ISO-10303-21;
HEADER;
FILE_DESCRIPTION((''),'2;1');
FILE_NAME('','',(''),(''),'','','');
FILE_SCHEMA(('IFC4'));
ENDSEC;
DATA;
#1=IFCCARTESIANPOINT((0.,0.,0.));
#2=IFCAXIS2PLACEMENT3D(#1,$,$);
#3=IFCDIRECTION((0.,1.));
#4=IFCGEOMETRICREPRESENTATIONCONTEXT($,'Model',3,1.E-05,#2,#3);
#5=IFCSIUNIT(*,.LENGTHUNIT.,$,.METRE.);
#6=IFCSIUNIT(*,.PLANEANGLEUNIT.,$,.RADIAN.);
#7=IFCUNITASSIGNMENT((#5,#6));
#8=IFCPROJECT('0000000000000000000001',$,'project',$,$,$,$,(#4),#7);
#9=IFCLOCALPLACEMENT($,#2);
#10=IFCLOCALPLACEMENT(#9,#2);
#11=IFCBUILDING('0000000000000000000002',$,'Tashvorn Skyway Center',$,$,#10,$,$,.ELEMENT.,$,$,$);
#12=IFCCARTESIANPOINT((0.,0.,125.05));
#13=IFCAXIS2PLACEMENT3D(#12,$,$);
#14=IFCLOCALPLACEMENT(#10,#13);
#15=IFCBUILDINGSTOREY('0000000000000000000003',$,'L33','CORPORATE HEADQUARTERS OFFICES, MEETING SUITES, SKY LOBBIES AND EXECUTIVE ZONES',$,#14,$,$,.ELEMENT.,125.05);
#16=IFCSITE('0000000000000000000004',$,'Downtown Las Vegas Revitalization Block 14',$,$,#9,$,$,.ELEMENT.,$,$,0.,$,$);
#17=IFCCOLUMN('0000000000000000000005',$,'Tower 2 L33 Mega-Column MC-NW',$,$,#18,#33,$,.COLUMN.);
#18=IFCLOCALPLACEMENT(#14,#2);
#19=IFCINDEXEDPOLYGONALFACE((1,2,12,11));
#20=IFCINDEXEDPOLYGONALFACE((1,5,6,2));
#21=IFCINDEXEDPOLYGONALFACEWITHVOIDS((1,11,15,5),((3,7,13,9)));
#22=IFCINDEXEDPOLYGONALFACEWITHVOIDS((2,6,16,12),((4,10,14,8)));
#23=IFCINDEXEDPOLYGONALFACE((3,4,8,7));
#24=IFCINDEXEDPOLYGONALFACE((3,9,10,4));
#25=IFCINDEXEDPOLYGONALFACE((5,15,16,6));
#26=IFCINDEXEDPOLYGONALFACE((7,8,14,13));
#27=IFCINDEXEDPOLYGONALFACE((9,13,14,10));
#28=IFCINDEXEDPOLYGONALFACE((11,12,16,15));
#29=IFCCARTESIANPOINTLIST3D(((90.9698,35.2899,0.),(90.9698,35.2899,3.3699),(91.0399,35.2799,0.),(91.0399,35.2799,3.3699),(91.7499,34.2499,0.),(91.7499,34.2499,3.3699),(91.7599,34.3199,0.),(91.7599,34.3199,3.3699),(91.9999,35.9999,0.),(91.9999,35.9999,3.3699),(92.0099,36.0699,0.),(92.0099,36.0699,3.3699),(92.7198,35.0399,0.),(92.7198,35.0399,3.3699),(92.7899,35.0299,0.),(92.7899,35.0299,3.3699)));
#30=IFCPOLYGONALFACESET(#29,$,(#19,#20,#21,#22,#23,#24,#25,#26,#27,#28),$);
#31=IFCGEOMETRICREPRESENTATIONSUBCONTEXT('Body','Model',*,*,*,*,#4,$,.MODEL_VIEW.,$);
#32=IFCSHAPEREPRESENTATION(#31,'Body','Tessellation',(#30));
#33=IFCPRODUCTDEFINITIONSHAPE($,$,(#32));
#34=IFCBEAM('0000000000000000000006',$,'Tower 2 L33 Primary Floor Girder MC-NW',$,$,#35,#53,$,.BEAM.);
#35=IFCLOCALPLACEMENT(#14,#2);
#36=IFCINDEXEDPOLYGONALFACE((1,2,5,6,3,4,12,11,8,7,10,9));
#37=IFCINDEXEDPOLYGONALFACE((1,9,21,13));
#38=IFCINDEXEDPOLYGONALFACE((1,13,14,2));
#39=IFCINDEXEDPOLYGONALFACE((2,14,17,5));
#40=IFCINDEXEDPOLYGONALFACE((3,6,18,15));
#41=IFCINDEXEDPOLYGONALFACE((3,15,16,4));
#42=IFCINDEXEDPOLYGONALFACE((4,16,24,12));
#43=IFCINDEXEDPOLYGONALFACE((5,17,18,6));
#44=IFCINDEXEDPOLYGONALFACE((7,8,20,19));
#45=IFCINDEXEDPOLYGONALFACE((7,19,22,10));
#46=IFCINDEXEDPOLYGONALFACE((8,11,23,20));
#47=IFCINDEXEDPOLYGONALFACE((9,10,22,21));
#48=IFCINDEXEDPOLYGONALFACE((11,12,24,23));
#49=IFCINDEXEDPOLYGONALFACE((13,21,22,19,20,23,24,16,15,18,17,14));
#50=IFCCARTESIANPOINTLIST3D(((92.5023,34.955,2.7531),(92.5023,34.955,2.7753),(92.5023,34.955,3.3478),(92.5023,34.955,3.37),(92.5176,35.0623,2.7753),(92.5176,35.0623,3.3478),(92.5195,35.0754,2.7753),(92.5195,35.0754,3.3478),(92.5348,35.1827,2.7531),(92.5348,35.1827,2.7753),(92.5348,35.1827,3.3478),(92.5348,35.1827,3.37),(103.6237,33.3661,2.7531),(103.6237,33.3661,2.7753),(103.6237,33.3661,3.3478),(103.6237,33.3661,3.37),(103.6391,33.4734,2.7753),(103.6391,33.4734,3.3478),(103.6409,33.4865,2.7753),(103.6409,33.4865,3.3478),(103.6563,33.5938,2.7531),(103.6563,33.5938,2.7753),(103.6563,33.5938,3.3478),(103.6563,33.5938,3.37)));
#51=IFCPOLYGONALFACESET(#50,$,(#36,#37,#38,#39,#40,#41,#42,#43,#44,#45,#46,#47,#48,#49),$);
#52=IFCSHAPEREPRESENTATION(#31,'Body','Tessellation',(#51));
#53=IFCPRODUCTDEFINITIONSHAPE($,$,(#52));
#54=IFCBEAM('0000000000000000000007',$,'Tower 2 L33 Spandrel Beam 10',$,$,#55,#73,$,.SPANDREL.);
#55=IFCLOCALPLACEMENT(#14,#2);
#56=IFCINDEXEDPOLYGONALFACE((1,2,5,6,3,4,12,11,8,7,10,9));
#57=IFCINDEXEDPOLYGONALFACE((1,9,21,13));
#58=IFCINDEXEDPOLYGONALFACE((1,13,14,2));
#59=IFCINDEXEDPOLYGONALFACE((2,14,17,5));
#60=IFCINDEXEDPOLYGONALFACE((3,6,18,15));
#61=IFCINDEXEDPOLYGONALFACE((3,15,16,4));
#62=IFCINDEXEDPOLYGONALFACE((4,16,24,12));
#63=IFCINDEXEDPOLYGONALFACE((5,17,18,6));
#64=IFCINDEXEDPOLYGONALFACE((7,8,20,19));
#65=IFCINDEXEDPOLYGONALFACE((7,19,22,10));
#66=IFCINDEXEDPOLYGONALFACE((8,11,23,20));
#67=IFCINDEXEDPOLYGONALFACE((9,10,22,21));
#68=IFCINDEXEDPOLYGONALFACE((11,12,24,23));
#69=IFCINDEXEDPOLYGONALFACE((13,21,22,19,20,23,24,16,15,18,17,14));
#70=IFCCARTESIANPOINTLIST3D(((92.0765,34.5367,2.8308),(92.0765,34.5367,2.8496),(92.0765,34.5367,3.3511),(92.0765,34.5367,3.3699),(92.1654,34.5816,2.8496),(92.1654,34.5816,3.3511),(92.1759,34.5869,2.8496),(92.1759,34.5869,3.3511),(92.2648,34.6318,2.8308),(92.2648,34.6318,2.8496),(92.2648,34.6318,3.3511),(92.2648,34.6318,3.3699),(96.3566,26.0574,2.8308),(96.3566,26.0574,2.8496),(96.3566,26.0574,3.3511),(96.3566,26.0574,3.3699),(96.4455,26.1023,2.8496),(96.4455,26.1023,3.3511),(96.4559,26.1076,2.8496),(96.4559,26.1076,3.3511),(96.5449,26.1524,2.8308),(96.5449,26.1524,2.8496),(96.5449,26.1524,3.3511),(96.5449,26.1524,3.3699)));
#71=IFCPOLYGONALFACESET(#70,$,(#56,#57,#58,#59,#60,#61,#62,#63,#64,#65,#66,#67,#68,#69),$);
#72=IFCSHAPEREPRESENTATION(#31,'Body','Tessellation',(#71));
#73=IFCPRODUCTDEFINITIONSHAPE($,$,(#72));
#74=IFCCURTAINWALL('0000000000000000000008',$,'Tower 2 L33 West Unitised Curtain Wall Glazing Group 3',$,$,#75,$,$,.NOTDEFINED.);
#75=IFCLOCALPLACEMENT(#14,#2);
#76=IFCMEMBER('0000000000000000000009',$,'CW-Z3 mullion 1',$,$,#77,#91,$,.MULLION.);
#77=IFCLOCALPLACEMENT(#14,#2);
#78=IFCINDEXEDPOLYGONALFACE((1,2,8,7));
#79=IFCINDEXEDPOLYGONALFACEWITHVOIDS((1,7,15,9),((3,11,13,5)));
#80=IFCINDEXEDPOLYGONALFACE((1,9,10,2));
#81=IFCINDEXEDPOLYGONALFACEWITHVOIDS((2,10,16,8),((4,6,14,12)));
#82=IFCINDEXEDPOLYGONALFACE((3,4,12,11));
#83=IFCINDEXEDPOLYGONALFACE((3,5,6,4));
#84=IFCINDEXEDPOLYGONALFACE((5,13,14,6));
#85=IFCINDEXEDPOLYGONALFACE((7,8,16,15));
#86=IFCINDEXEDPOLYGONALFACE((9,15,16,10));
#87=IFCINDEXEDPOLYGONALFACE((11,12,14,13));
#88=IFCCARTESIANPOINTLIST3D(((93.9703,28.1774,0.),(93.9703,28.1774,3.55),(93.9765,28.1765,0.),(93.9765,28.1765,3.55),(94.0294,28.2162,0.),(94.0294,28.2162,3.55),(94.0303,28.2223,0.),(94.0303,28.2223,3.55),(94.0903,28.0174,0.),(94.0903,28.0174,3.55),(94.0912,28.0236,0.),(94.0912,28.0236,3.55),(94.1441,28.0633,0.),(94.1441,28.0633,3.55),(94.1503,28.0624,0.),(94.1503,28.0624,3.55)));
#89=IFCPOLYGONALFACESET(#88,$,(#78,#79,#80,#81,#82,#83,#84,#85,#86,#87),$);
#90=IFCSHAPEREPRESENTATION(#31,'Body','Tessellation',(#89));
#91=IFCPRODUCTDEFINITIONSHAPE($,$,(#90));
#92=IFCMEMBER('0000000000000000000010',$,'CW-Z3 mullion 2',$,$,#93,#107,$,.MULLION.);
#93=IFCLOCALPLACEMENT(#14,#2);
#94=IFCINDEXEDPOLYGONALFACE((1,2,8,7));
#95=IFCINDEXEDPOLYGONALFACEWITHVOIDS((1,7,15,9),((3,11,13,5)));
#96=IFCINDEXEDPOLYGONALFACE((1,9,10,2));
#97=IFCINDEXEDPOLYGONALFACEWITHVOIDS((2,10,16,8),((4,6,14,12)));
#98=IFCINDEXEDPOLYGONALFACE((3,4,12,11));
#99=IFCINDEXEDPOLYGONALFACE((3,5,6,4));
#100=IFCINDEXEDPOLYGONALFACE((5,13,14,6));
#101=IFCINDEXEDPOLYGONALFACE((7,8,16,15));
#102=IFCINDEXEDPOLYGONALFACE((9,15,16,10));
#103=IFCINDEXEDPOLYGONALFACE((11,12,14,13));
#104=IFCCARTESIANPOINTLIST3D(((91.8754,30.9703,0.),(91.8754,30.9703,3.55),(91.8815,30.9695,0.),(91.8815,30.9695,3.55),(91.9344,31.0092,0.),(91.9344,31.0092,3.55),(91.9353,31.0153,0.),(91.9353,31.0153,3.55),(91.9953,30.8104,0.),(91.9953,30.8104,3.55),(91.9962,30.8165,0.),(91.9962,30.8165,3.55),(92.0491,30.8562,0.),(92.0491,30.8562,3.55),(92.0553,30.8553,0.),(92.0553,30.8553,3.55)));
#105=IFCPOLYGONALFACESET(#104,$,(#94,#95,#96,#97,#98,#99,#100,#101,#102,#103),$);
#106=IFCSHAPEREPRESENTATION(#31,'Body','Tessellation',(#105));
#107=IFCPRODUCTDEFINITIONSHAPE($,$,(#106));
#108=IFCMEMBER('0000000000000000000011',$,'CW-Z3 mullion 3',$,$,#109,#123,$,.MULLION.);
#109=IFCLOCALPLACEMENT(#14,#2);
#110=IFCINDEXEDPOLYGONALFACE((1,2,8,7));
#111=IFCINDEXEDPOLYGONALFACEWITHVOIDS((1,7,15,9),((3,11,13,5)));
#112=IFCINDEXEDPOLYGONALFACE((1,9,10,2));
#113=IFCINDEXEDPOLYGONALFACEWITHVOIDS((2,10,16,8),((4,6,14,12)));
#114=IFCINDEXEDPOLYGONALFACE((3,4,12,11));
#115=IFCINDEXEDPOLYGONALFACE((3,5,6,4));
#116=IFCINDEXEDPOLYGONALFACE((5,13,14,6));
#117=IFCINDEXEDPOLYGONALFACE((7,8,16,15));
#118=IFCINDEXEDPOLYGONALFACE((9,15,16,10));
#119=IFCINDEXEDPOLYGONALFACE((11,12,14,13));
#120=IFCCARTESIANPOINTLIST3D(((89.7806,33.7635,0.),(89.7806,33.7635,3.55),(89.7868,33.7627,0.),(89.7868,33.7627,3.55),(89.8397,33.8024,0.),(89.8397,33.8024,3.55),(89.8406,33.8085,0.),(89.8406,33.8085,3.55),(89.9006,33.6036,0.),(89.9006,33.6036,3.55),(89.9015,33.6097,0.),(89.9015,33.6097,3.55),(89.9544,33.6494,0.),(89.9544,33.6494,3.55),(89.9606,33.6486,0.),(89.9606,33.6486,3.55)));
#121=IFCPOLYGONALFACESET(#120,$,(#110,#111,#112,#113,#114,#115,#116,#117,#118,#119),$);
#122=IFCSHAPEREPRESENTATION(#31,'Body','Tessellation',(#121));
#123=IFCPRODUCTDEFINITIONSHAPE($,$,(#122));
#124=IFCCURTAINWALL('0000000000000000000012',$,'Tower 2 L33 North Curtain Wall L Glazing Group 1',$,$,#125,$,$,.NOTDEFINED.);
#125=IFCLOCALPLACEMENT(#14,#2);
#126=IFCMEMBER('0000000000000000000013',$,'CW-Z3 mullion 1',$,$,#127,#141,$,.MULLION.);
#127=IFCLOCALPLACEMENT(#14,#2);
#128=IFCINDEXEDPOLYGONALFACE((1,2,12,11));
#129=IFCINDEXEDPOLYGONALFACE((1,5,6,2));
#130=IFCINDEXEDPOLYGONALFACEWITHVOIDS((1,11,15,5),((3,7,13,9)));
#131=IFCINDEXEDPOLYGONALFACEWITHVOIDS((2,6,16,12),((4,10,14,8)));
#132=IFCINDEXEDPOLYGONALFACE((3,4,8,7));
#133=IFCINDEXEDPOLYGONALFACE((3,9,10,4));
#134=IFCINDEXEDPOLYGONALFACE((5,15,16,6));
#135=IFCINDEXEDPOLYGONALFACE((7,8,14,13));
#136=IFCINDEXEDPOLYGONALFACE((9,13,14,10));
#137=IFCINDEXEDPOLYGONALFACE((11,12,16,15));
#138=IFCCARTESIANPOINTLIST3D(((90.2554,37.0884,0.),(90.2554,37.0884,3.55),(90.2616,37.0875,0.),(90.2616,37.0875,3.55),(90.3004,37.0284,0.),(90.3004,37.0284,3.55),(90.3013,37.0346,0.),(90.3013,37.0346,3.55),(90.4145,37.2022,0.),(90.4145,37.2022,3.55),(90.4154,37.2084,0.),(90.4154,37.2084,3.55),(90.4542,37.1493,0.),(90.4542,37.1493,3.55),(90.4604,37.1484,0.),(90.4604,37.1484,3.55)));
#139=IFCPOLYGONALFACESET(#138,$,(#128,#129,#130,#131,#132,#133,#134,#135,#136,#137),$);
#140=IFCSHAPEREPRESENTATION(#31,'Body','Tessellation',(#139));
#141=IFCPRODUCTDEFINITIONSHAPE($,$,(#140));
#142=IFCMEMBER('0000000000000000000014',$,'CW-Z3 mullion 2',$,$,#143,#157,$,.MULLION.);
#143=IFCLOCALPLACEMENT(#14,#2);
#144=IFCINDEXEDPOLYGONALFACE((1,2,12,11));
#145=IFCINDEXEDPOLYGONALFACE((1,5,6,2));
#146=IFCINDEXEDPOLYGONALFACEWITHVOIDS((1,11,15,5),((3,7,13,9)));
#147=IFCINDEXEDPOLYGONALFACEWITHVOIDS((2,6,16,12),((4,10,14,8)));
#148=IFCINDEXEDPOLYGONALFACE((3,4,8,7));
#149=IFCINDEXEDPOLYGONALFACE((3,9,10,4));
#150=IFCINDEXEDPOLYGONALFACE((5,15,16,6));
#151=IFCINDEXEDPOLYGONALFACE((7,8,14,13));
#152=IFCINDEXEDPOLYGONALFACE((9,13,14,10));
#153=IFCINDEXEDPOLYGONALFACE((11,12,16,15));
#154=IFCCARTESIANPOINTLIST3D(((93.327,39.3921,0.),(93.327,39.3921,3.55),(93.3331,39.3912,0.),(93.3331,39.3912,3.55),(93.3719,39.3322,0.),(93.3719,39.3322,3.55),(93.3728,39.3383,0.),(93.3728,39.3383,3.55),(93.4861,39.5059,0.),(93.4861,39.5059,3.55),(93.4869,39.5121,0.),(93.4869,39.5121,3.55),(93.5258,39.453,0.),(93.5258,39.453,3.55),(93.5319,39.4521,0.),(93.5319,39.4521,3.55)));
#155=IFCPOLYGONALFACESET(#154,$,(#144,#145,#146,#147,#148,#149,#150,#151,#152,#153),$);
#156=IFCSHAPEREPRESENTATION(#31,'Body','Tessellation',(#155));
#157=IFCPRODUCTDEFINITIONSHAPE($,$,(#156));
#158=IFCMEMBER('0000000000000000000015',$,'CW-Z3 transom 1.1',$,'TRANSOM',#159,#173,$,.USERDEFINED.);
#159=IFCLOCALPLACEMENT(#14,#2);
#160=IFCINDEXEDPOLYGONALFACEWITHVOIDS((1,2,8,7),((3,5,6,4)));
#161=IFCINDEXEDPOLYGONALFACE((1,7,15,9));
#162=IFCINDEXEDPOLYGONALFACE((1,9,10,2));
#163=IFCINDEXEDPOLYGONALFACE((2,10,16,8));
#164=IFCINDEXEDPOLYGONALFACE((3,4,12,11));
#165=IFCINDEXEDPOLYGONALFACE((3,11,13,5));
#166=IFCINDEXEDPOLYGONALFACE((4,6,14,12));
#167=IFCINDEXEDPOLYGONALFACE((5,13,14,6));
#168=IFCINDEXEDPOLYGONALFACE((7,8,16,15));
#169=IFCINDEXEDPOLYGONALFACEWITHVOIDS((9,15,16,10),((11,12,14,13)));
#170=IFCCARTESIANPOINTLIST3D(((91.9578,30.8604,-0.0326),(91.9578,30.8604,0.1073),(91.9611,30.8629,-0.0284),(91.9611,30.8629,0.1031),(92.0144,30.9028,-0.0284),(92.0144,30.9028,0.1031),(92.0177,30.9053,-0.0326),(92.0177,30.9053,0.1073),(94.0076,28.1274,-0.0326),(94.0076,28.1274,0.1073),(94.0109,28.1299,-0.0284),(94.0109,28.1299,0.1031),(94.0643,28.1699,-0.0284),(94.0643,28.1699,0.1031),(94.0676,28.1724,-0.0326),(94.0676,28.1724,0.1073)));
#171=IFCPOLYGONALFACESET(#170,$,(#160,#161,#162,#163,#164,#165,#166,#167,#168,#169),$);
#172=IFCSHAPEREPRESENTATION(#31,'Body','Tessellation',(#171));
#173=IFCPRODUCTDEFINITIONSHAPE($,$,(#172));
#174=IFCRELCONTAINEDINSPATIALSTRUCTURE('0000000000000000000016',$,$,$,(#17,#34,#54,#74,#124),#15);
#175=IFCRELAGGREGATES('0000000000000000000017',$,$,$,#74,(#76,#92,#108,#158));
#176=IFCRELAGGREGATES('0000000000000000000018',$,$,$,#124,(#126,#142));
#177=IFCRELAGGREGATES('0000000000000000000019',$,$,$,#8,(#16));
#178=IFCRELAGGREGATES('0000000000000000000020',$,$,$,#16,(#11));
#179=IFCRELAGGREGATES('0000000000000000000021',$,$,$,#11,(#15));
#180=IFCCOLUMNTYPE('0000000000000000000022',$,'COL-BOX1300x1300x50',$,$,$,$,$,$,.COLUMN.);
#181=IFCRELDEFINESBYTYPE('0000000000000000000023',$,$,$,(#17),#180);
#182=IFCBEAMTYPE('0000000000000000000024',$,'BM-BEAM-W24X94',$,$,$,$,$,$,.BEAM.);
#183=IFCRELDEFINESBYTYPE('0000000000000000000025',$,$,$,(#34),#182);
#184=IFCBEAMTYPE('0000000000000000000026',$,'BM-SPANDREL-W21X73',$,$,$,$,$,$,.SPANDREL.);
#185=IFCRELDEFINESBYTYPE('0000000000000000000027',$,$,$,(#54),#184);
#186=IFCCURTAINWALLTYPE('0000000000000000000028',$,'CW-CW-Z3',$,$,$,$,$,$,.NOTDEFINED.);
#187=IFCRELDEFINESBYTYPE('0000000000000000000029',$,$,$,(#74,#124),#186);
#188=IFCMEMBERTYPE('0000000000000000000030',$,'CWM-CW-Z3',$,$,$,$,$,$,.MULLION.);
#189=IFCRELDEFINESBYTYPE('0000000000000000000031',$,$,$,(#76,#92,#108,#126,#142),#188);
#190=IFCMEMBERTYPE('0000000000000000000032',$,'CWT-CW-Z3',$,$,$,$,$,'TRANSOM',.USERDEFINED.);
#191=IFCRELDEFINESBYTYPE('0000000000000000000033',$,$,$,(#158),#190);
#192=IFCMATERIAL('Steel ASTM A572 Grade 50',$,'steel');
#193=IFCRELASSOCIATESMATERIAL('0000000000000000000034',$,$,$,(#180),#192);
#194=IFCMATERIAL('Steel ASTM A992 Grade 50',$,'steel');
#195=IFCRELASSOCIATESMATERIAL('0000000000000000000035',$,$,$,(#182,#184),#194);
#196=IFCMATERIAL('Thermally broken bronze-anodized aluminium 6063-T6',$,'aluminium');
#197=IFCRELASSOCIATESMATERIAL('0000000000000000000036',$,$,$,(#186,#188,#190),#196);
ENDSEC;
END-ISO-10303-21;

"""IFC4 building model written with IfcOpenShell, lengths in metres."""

from ifc_helpers import new_model, si_unit, direction, frame, origin, origin_2d, place, context, subcontext, project, spatial, hollow_rectangle, i_section, extrude, material, material_profile, profile_set, type_object, element, aggregate, save


model = new_model("IFC4")

# Units and contexts
model_context = context("Model", 3, precision=1e-05, world=origin(), true_north=direction((0.0, 1.0)))
body_context = subcontext(model_context, "Body", "Model", "MODEL_VIEW")
ifc_project = project(units=[si_unit("LENGTHUNIT", "METRE"), si_unit("PLANEANGLEUNIT", "RADIAN")], contexts=[model_context])

# Site, building, storey
site_placement = place(None, origin())
site = spatial("IfcSite", under=ifc_project, at=site_placement, Name="Downtown Las Vegas Revitalization Block 14", CompositionType="ELEMENT", RefElevation=0.0)
building_placement = place(site_placement, origin())
building = spatial("IfcBuilding", under=site, at=building_placement, Name="Tashvorn Skyway Center", CompositionType="ELEMENT")
storey_placement = place(building_placement, frame((0.0, 0.0, 125.05)))
storey = spatial("IfcBuildingStorey", under=building, at=storey_placement, Name="L33", Description="CORPORATE HEADQUARTERS OFFICES, MEETING SUITES, SKY LOBBIES AND EXECUTIVE ZONES", CompositionType="ELEMENT", Elevation=125.05)

# Column
ifc_material_1 = material(Name="Steel ASTM A572 Grade 50", Category="steel")
ifc_material_profile_1 = material_profile(ifc_material_1, hollow_rectangle(XDim=1.3, YDim=1.3, WallThickness=0.05, at=origin_2d()), Name="BOX1300x1300x50")
ifc_profile_set_1 = profile_set([ifc_material_profile_1], Name="Steel ASTM A572 Grade 50")
column_type = type_object("IfcColumnType", Name="COL-BOX1300x1300x50", PredefinedType="COLUMN", material=ifc_profile_set_1)
column_placement = place(storey_placement, frame((91.8799, 35.1599, 0.0), z_axis=(0.0, 0.0, 1.0), x_axis=(0.8, 0.6, 0.0)))
element("IfcColumn", 1, at=column_placement, inside=storey, type_object=column_type, Name="Tower 2 L33 Mega-Column MC-NW", PredefinedType="COLUMN", context=body_context, shape_type="SweptSolid", body=[
    extrude(hollow_rectangle(XDim=1.3, YDim=1.3, WallThickness=0.05, at=origin_2d()), origin(), (0.0, 0.0, 1.0), 3.3699),
])

# Beams
ifc_material_2 = material(Name="Steel ASTM A992 Grade 50", Category="steel")
ifc_material_profile_2 = material_profile(ifc_material_2, i_section(OverallWidth=0.23, OverallDepth=0.6169, WebThickness=0.0132, FlangeThickness=0.0222, at=origin_2d()), Name="W24X94")
ifc_profile_set_2 = profile_set([ifc_material_profile_2], Name="Steel ASTM A992 Grade 50")
beam_type_1 = type_object("IfcBeamType", Name="BM-BEAM-W24X94", PredefinedType="BEAM", material=ifc_profile_set_2)
beam_1_placement = place(storey_placement, frame((92.5186, 35.0688, 3.0615), z_axis=(0.989948, -0.14143, 0.0), x_axis=(0.14143, 0.989948, 0.0)))
element("IfcBeam", 2, at=beam_1_placement, inside=storey, type_object=beam_type_1, Name="Tower 2 L33 Primary Floor Girder MC-NW", PredefinedType="BEAM", context=body_context, shape_type="SweptSolid", body=[
    extrude(i_section(OverallWidth=0.23, OverallDepth=0.6169, WebThickness=0.0132, FlangeThickness=0.0222, at=origin_2d()), origin(), (0.0, 0.0, 1.0), 11.2344),
])
ifc_material_profile_3 = material_profile(ifc_material_2, i_section(OverallWidth=0.2109, OverallDepth=0.5391, WebThickness=0.0117, FlangeThickness=0.0188, at=origin_2d()), Name="W21X73")
ifc_profile_set_3 = profile_set([ifc_material_profile_3], Name="Steel ASTM A992 Grade 50")
beam_type_2 = type_object("IfcBeamType", Name="BM-SPANDREL-W21X73", PredefinedType="SPANDREL", material=ifc_profile_set_3)
beam_2_placement = place(storey_placement, frame((92.1707, 34.5842, 3.1003), z_axis=(0.450614, -0.892719, 0.0), x_axis=(0.892719, 0.450614, 0.0)))
element("IfcBeam", 3, at=beam_2_placement, inside=storey, type_object=beam_type_2, Name="Tower 2 L33 Spandrel Beam 10", PredefinedType="SPANDREL", context=body_context, shape_type="SweptSolid", body=[
    extrude(i_section(OverallWidth=0.2109, OverallDepth=0.5391, WebThickness=0.0117, FlangeThickness=0.0188, at=origin_2d()), origin(), (0.0, 0.0, 1.0), 9.4983),
])

# Curtain walls, members
ifc_material_3 = material(Name="Thermally broken bronze-anodized aluminium 6063-T6", Category="aluminium")
curtain_wall_type = type_object("IfcCurtainWallType", Name="CW-CW-Z3", PredefinedType="NOTDEFINED", material=ifc_material_3)
curtain_wall_1_placement = place(storey_placement, origin())
curtain_wall_1 = element("IfcCurtainWall", 4, at=curtain_wall_1_placement, inside=storey, type_object=curtain_wall_type, Name="Tower 2 L33 West Unitised Curtain Wall Glazing Group 3", PredefinedType="NOTDEFINED")
ifc_material_profile_4 = material_profile(ifc_material_3, hollow_rectangle(XDim=0.075, YDim=0.2, WallThickness=0.0044, at=origin_2d()), Name="ALU-MULL-75x200")
ifc_profile_set_4 = profile_set([ifc_material_profile_4], Name="Thermally broken bronze-anodized aluminium 6063-T6")
member_type_1 = type_object("IfcMemberType", Name="CWM-CW-Z3", PredefinedType="MULLION", material=ifc_profile_set_4)
member_1_placement = place(storey_placement, frame((94.0603, 28.1199, 0.0), z_axis=(0.0, 0.0, 1.0), x_axis=(-0.799997, -0.600005, 0.0)))
member_1 = element("IfcMember", 5, at=member_1_placement, type_object=member_type_1, Name="CW-Z3 mullion 1", PredefinedType="MULLION", context=body_context, shape_type="SweptSolid", body=[
    extrude(hollow_rectangle(XDim=0.075, YDim=0.2, WallThickness=0.0044, at=origin_2d()), origin(), (0.0, 0.0, 1.0), 3.55),
])
member_2_placement = place(storey_placement, frame((91.9653, 30.9128, 0.0), z_axis=(0.0, 0.0, 1.0), x_axis=(-0.799997, -0.600005, 0.0)))
member_2 = element("IfcMember", 6, at=member_2_placement, type_object=member_type_1, Name="CW-Z3 mullion 2", PredefinedType="MULLION", context=body_context, shape_type="SweptSolid", body=[
    extrude(hollow_rectangle(XDim=0.075, YDim=0.2, WallThickness=0.0044, at=origin_2d()), origin(), (0.0, 0.0, 1.0), 3.55),
])
member_3_placement = place(storey_placement, frame((89.8706, 33.7061, 0.0), z_axis=(0.0, 0.0, 1.0), x_axis=(-0.799997, -0.600005, 0.0)))
member_3 = element("IfcMember", 7, at=member_3_placement, type_object=member_type_1, Name="CW-Z3 mullion 3", PredefinedType="MULLION", context=body_context, shape_type="SweptSolid", body=[
    extrude(hollow_rectangle(XDim=0.075, YDim=0.2, WallThickness=0.0044, at=origin_2d()), origin(), (0.0, 0.0, 1.0), 3.55),
])
curtain_wall_2_placement = place(storey_placement, origin())
curtain_wall_2 = element("IfcCurtainWall", 8, at=curtain_wall_2_placement, inside=storey, type_object=curtain_wall_type, Name="Tower 2 L33 North Curtain Wall L Glazing Group 1", PredefinedType="NOTDEFINED")
member_4_placement = place(storey_placement, frame((90.3579, 37.1184, 0.0), z_axis=(0.0, 0.0, 1.0), x_axis=(-0.599998, 0.800002, 0.0)))
member_4 = element("IfcMember", 9, at=member_4_placement, type_object=member_type_1, Name="CW-Z3 mullion 1", PredefinedType="MULLION", context=body_context, shape_type="SweptSolid", body=[
    extrude(hollow_rectangle(XDim=0.075, YDim=0.2, WallThickness=0.0044, at=origin_2d()), origin(), (0.0, 0.0, 1.0), 3.55),
])
member_5_placement = place(storey_placement, frame((93.4294, 39.4221, 0.0), z_axis=(0.0, 0.0, 1.0), x_axis=(-0.599998, 0.800002, 0.0)))
member_5 = element("IfcMember", 10, at=member_5_placement, type_object=member_type_1, Name="CW-Z3 mullion 2", PredefinedType="MULLION", context=body_context, shape_type="SweptSolid", body=[
    extrude(hollow_rectangle(XDim=0.075, YDim=0.2, WallThickness=0.0044, at=origin_2d()), origin(), (0.0, 0.0, 1.0), 3.55),
])

# Member
ifc_material_profile_5 = material_profile(ifc_material_3, hollow_rectangle(XDim=0.075, YDim=0.1399, WallThickness=0.0042, at=origin_2d()), Name="ALU-TRAN-75x140")
ifc_profile_set_5 = profile_set([ifc_material_profile_5], Name="Thermally broken bronze-anodized aluminium 6063-T6")
member_type_2 = type_object("IfcMemberType", Name="CWT-CW-Z3", ElementType="TRANSOM", PredefinedType="USERDEFINED", material=ifc_profile_set_5)
member_6_placement = place(storey_placement, frame((94.0376, 28.1499, 0.0374), z_axis=(-0.600023, 0.799983, 0.0), x_axis=(-0.799983, -0.600023, 0.0)))
member_6 = element("IfcMember", 11, at=member_6_placement, type_object=member_type_2, Name="CW-Z3 transom 1.1", ObjectType="TRANSOM", PredefinedType="USERDEFINED", context=body_context, shape_type="SweptSolid", body=[
    extrude(hollow_rectangle(XDim=0.075, YDim=0.1399, WallThickness=0.0042, at=origin_2d()), origin(), (0.0, 0.0, 1.0), 3.4163),
])

aggregate(curtain_wall_1, [member_1, member_2, member_3, member_6])
aggregate(curtain_wall_2, [member_4, member_5])

save(model, "model.ifc")
